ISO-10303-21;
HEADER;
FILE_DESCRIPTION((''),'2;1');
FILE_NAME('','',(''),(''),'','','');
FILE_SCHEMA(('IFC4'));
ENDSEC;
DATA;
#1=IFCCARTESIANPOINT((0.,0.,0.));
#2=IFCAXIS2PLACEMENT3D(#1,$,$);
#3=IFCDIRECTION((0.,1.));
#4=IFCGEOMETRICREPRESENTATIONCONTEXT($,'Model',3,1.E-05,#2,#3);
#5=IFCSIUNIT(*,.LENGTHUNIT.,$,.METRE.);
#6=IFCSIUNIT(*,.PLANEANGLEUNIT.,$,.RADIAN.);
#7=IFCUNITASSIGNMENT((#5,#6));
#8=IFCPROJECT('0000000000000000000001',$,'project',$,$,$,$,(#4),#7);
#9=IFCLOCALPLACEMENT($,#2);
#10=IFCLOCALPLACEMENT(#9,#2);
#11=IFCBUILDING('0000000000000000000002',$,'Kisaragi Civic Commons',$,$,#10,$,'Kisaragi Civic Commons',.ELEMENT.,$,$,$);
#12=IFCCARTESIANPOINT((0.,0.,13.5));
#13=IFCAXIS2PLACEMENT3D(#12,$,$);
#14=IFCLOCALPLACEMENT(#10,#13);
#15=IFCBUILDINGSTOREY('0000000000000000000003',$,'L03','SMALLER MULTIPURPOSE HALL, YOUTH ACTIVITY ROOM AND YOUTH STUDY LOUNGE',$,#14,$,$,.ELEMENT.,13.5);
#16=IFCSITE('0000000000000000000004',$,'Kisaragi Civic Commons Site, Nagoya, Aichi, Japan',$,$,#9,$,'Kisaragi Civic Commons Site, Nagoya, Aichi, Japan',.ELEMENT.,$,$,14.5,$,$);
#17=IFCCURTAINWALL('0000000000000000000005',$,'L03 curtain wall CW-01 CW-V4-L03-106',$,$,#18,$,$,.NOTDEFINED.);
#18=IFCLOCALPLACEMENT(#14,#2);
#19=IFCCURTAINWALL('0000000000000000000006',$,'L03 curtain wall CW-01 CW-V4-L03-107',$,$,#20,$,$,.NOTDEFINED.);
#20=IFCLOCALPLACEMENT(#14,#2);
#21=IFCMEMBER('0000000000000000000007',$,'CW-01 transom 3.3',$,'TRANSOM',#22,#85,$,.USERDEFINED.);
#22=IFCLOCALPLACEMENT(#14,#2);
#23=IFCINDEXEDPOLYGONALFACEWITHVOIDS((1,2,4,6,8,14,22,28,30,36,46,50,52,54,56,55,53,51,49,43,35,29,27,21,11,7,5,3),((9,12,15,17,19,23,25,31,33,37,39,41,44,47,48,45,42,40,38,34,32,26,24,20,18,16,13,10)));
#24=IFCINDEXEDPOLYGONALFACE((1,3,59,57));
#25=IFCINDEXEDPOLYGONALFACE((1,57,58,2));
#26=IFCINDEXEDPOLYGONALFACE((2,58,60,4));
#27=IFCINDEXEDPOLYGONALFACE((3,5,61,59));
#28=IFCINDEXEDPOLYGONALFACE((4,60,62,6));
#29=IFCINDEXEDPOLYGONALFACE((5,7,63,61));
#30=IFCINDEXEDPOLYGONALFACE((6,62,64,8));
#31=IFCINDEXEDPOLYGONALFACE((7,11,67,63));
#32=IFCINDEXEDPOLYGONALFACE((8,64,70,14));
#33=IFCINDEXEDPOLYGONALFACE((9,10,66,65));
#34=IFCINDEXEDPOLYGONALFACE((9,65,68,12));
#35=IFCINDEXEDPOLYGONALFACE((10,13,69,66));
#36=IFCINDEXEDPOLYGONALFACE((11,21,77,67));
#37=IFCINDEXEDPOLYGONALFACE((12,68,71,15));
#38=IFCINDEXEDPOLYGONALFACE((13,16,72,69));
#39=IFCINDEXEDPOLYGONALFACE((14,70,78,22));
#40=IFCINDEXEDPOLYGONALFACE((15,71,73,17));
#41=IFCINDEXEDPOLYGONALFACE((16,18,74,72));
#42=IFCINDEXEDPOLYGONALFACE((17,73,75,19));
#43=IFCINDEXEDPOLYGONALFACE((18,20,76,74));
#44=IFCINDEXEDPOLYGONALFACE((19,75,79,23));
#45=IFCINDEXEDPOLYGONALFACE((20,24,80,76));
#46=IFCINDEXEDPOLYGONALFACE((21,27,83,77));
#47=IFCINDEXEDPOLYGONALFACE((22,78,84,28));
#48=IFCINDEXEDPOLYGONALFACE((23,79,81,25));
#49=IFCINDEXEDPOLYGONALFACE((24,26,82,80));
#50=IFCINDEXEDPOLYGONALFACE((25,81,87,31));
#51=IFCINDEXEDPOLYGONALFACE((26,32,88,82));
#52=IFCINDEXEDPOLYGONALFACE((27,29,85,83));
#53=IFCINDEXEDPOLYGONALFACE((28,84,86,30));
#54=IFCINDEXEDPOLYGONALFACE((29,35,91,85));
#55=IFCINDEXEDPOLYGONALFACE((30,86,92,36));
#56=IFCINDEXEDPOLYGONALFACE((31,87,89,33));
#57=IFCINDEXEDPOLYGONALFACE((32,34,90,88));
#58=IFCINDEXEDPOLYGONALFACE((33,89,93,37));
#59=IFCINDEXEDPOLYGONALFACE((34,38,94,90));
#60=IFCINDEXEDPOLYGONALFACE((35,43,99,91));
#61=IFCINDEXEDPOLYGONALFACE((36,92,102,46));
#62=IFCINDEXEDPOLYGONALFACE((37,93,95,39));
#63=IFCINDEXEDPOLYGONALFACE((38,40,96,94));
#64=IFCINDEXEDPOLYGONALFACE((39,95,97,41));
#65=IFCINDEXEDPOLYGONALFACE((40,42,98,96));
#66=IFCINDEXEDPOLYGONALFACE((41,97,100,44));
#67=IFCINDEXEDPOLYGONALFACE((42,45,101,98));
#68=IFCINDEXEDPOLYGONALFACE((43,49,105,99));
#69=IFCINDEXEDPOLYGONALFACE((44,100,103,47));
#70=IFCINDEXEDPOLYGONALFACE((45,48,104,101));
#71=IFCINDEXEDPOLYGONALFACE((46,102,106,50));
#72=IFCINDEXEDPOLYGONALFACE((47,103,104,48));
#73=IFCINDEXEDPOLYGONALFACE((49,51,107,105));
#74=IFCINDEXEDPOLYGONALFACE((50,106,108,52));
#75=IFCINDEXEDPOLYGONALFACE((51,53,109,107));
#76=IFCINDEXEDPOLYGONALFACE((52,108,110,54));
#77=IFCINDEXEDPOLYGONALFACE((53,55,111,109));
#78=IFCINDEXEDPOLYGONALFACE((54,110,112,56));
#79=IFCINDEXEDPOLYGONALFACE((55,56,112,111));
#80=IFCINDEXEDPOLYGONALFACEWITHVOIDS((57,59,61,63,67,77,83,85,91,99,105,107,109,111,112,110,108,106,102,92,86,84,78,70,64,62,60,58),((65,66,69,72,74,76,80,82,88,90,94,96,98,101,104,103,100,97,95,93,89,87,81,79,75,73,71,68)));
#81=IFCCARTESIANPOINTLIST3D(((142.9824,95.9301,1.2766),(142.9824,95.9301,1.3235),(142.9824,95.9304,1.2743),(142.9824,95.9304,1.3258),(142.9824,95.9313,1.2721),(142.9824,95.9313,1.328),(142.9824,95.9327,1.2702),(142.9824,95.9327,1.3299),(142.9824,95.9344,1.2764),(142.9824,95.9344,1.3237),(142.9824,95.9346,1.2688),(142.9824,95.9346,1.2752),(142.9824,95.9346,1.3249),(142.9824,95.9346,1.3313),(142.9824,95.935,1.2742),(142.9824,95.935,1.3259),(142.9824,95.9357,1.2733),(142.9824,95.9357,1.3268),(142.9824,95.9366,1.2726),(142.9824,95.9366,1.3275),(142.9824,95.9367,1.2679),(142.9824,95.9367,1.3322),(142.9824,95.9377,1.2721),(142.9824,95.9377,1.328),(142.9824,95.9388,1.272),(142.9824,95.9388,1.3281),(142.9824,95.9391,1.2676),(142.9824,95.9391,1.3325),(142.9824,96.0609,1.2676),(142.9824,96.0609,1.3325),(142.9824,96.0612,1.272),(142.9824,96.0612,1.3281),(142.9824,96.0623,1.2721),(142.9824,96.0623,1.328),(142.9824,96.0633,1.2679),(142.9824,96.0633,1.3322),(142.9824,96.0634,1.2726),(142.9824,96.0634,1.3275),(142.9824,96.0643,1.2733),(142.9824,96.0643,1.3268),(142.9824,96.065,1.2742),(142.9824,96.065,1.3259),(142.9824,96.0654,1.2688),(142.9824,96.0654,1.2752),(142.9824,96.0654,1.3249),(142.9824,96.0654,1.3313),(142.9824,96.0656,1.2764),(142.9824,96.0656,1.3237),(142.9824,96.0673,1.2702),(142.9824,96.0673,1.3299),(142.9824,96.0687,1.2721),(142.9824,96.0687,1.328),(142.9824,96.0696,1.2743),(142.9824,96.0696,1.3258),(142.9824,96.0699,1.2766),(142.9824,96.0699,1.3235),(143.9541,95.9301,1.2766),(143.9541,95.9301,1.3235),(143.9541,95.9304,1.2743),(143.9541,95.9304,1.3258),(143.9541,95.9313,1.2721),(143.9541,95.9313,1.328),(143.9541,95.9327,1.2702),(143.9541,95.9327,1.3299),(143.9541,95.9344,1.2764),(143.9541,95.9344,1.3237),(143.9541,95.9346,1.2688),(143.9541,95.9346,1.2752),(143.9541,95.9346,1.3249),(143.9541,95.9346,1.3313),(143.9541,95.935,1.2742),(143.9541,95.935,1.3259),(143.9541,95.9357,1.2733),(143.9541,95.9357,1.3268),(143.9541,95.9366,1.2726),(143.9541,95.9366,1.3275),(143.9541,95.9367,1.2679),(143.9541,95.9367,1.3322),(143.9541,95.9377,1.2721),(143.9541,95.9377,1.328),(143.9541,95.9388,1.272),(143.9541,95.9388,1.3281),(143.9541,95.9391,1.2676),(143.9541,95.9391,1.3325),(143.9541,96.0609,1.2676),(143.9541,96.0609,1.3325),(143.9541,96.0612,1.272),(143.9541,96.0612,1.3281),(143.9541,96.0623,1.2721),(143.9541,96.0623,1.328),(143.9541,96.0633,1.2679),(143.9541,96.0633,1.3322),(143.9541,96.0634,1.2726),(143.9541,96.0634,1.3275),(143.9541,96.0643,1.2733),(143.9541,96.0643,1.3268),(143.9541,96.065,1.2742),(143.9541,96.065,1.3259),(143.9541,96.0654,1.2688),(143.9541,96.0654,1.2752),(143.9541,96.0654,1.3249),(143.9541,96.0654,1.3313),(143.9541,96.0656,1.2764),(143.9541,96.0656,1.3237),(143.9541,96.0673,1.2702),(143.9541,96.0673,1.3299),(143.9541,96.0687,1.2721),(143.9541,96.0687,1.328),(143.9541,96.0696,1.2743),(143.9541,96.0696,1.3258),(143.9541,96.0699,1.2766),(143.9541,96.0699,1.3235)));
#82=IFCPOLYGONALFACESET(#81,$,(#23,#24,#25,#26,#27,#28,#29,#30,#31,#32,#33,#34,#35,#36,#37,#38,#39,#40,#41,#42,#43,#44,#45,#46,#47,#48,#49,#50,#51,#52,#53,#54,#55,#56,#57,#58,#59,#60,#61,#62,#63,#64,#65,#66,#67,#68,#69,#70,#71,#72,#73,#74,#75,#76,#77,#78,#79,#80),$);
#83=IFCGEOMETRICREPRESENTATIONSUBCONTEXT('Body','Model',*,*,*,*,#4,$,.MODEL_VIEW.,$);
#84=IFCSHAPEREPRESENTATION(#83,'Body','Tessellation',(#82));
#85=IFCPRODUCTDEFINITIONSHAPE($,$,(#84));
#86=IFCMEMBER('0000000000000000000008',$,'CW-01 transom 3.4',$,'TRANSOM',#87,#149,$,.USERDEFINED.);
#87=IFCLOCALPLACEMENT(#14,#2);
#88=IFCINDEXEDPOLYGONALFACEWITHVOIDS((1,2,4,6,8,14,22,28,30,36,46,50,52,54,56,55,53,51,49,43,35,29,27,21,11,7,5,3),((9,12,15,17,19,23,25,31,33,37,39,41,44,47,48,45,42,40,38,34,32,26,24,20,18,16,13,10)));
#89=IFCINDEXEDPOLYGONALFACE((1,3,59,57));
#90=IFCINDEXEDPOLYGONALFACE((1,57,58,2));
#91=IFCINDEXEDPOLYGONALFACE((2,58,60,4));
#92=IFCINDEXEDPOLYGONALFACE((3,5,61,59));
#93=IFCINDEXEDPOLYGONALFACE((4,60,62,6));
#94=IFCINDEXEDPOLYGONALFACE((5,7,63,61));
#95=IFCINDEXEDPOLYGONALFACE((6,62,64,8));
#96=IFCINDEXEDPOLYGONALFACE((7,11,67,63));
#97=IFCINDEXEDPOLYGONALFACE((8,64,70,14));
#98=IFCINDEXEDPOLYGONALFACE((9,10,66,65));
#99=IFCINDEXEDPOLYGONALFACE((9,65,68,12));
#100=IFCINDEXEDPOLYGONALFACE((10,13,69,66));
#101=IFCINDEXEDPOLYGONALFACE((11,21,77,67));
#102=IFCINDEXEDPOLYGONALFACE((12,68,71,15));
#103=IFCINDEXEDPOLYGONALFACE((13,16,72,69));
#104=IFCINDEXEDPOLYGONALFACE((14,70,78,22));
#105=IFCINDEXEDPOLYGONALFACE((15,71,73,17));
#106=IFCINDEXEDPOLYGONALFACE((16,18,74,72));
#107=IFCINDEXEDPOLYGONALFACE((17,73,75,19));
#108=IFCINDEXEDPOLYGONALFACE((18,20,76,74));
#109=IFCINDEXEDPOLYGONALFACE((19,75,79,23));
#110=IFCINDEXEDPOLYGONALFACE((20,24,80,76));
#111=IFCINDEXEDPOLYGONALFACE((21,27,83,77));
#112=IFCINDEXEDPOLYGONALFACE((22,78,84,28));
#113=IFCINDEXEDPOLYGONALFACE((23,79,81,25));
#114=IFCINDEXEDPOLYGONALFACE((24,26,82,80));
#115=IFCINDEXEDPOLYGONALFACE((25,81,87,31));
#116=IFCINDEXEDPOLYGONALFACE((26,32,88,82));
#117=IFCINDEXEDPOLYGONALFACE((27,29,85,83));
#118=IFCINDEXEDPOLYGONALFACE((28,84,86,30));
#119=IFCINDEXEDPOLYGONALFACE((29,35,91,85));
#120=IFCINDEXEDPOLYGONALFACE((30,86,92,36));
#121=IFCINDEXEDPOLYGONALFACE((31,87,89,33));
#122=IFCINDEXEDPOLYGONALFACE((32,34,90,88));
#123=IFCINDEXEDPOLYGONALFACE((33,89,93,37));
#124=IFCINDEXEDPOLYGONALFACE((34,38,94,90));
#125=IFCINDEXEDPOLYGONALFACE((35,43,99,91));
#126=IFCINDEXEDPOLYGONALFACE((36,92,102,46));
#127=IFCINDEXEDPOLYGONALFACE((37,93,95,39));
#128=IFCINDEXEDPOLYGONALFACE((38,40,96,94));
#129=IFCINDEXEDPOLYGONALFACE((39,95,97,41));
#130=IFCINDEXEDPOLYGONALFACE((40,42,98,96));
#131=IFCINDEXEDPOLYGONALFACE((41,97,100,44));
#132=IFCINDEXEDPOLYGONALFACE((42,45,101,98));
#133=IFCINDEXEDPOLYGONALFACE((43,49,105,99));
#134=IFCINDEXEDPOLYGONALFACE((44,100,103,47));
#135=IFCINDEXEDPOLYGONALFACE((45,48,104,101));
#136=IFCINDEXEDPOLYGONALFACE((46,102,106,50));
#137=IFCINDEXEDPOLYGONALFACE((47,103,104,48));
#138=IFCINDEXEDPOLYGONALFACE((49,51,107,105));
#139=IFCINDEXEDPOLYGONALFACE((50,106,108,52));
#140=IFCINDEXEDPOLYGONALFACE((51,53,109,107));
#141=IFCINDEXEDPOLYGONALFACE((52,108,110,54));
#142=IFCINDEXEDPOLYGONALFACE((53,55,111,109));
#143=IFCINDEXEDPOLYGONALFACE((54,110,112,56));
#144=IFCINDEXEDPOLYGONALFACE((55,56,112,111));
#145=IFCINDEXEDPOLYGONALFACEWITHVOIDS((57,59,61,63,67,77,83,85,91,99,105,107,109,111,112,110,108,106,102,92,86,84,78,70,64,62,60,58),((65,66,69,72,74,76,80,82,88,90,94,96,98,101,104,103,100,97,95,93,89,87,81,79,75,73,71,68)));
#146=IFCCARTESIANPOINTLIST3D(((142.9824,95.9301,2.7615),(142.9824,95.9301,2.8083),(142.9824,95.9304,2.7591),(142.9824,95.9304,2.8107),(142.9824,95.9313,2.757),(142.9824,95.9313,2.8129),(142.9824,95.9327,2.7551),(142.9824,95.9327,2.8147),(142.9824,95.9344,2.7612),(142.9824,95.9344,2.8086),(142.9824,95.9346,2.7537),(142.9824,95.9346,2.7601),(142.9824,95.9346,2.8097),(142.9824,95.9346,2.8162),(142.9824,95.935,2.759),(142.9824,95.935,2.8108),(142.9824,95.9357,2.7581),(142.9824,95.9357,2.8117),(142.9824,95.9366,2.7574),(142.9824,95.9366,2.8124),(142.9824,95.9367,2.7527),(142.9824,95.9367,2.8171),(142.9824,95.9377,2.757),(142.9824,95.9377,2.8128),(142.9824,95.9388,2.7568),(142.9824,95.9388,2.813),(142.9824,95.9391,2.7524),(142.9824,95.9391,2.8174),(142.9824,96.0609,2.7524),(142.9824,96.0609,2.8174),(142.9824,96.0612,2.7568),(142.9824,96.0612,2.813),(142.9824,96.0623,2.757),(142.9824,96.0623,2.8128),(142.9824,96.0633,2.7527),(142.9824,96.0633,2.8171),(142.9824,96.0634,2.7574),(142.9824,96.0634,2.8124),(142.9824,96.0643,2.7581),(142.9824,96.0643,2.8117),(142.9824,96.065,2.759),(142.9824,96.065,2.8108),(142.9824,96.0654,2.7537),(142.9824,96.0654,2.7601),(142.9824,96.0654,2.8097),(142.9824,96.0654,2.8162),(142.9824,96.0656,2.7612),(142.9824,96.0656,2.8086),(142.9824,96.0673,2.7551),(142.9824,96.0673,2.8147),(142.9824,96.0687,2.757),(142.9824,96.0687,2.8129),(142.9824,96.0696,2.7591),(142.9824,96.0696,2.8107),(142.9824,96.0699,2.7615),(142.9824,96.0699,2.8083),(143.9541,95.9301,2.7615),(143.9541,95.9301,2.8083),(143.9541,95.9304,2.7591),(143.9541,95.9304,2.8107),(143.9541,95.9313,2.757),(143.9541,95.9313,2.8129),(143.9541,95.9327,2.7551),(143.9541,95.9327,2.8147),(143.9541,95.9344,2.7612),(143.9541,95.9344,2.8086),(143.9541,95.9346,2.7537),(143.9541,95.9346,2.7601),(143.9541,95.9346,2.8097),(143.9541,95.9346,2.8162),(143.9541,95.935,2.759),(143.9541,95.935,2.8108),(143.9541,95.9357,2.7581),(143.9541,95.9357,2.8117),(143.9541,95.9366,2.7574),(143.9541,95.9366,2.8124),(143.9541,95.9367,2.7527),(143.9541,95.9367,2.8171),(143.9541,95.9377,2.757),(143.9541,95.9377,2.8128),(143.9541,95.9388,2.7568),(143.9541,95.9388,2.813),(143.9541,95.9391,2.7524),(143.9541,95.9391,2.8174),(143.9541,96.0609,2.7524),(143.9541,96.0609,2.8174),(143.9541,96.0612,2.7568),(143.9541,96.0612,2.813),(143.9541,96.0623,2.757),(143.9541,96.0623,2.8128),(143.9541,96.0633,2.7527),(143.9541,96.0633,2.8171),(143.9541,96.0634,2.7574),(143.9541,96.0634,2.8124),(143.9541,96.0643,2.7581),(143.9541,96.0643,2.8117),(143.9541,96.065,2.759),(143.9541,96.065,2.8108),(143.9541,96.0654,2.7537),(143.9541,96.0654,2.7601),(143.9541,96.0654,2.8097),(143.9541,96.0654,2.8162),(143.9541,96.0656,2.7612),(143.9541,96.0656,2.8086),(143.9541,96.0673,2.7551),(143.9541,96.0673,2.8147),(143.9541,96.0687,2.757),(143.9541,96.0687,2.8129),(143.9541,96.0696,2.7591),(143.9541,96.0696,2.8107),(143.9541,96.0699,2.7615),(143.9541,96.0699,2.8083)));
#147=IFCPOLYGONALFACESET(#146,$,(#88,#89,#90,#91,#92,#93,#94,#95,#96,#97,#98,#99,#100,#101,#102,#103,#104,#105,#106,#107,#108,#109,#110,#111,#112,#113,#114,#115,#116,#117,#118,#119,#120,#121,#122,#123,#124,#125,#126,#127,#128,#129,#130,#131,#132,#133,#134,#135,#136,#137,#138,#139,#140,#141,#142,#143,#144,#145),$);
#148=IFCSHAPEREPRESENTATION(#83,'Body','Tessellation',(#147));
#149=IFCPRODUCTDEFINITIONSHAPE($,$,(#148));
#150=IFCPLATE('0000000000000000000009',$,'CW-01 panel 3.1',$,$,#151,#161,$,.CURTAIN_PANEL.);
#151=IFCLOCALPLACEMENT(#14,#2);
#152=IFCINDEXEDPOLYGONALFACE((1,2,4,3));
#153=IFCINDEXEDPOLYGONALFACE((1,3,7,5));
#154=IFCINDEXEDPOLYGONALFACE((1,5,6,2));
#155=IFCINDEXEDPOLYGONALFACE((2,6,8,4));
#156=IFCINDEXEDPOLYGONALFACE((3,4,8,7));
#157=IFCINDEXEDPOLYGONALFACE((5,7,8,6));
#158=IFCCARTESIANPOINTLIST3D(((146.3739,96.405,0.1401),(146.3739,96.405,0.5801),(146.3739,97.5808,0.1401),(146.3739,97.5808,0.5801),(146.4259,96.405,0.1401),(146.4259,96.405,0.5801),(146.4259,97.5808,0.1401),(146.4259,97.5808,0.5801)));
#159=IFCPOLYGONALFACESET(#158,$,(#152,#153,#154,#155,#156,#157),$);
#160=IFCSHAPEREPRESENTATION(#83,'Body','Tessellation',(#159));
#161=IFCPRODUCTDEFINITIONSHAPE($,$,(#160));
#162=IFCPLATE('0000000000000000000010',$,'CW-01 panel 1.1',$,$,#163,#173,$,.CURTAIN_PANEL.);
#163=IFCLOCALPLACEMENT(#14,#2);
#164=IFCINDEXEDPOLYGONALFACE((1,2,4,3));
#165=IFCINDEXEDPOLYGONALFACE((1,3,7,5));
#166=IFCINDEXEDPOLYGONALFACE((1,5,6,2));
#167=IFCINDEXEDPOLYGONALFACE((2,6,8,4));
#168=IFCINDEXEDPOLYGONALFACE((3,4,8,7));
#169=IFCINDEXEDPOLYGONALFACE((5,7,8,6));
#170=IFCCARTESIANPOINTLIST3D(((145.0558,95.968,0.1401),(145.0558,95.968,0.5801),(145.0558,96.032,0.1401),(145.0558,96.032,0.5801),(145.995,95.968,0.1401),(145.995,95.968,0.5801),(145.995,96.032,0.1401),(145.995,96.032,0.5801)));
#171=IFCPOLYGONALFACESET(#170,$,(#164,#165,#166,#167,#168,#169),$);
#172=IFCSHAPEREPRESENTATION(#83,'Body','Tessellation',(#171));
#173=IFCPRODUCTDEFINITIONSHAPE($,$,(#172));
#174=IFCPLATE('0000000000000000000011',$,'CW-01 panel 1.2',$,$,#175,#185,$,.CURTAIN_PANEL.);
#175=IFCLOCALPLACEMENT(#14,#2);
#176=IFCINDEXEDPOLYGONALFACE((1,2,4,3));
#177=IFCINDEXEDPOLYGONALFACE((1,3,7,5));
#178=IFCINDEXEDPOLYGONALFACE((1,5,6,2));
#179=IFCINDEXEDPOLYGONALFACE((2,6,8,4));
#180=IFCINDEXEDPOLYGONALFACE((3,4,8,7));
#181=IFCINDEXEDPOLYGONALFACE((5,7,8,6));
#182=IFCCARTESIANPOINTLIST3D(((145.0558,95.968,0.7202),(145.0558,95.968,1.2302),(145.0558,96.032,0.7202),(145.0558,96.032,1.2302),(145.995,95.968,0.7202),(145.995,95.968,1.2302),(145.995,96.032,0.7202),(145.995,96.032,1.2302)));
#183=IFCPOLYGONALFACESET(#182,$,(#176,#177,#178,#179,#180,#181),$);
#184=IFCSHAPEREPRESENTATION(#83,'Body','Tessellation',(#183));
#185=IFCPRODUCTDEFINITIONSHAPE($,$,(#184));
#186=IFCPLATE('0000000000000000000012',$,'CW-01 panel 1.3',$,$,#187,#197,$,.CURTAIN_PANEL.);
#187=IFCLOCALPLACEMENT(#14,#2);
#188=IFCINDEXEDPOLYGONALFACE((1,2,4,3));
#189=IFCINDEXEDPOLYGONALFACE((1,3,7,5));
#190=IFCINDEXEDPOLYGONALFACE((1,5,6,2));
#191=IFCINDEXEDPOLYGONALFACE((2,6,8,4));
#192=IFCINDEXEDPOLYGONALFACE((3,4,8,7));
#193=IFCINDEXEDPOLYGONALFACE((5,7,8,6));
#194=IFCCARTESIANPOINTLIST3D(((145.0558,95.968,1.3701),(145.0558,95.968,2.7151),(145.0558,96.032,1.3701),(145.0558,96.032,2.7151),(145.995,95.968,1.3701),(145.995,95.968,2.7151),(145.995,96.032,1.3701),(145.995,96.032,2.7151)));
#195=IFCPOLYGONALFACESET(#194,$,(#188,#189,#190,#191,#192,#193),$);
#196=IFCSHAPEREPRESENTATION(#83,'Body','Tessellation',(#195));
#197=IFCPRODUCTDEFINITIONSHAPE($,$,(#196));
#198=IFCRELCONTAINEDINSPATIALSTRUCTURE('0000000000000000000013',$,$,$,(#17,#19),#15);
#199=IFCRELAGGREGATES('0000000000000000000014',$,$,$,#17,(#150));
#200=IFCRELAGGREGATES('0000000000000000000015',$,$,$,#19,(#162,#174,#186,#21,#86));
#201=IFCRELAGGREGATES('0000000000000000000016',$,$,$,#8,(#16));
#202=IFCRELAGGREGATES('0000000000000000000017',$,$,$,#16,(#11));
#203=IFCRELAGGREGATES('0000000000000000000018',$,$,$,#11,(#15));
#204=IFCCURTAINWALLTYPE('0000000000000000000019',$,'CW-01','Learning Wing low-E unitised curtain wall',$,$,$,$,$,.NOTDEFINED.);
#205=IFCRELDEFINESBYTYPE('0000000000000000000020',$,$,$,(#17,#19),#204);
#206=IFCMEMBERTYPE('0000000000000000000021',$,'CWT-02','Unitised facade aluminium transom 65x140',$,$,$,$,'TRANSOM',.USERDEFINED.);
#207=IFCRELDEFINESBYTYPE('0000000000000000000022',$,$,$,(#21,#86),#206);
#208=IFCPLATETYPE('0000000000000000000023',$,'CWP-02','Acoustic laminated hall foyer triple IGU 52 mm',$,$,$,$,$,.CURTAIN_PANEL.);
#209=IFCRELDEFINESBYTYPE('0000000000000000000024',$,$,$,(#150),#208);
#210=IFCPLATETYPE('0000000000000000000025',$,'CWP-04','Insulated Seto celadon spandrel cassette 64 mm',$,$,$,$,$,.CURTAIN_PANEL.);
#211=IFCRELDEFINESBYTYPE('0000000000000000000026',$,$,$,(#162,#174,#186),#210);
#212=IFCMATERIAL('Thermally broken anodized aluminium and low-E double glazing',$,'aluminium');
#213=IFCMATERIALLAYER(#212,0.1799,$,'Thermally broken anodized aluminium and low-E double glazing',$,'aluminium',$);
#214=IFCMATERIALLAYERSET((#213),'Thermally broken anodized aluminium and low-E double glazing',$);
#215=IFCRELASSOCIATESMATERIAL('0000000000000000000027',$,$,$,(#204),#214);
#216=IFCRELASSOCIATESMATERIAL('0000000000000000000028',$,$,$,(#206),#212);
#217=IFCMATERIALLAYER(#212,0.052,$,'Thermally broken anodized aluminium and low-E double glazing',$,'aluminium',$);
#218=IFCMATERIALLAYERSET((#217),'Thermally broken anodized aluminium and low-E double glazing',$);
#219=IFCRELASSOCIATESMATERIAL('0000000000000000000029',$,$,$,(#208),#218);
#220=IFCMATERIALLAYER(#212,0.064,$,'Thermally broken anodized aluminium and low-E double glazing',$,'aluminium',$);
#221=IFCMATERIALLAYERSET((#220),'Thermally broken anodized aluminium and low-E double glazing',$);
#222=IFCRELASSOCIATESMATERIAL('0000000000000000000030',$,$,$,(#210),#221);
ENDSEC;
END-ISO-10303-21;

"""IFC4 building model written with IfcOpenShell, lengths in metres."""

from ifc_helpers import new_model, si_unit, direction, frame, origin, origin_2d, place, context, subcontext, project, spatial, rectangle, hollow_rectangle, extrude, material, layer, layer_set, material_profile, profile_set, type_object, element, aggregate, save


model = new_model("IFC4")

# Units and contexts
model_context = context("Model", 3, precision=1e-05, world=origin(), true_north=direction((0.0, 1.0)))
body_context = subcontext(model_context, "Body", "Model", "MODEL_VIEW")
ifc_project = project(units=[si_unit("LENGTHUNIT", "METRE"), si_unit("PLANEANGLEUNIT", "RADIAN")], contexts=[model_context])

# Site, building, storey
site_placement = place(None, origin())
site = spatial("IfcSite", under=ifc_project, at=site_placement, Name="Kisaragi Civic Commons Site, Nagoya, Aichi, Japan", LongName="Kisaragi Civic Commons Site, Nagoya, Aichi, Japan", CompositionType="ELEMENT", RefElevation=14.5)
building_placement = place(site_placement, origin())
building = spatial("IfcBuilding", under=site, at=building_placement, Name="Kisaragi Civic Commons", LongName="Kisaragi Civic Commons", CompositionType="ELEMENT")
storey_placement = place(building_placement, frame((0.0, 0.0, 13.5)))
storey = spatial("IfcBuildingStorey", under=building, at=storey_placement, Name="L03", Description="SMALLER MULTIPURPOSE HALL, YOUTH ACTIVITY ROOM AND YOUTH STUDY LOUNGE", CompositionType="ELEMENT", Elevation=13.5)

# Curtain wall
ifc_material_1 = material(Name="Thermally broken anodized aluminium and low-E double glazing", Category="aluminium")
ifc_layer_1 = layer(ifc_material_1, 0.1799, Name="Thermally broken anodized aluminium and low-E double glazing", Category="aluminium")
ifc_layer_set_1 = layer_set([ifc_layer_1], Name="Thermally broken anodized aluminium and low-E double glazing")
curtain_wall_type = type_object("IfcCurtainWallType", Name="CW-01", Description="Learning Wing low-E unitised curtain wall", PredefinedType="NOTDEFINED", material=ifc_layer_set_1)
curtain_wall_1_placement = place(storey_placement, origin())
curtain_wall_1 = element("IfcCurtainWall", 1, at=curtain_wall_1_placement, inside=storey, type_object=curtain_wall_type, Name="L03 curtain wall CW-01 CW-V4-L03-106", PredefinedType="NOTDEFINED")

# Curtain wall, members
curtain_wall_2_placement = place(storey_placement, origin())
curtain_wall_2 = element("IfcCurtainWall", 2, at=curtain_wall_2_placement, inside=storey, type_object=curtain_wall_type, Name="L03 curtain wall CW-01 CW-V4-L03-107", PredefinedType="NOTDEFINED")
ifc_material_profile_1 = material_profile(ifc_material_1, hollow_rectangle(XDim=0.1399, YDim=0.0649, WallThickness=0.0044, InnerFilletRadius=0.0044, OuterFilletRadius=0.009, at=origin_2d()), Name="CWT-65x140x4.5", Category="aluminium")
ifc_profile_set_1 = profile_set([ifc_material_profile_1], Name="Thermally broken anodized aluminium and low-E double glazing")
member_type_1 = type_object("IfcMemberType", Name="CWT-02", Description="Unitised facade aluminium transom 65x140", ElementType="TRANSOM", PredefinedType="USERDEFINED", material=ifc_profile_set_1)
member_1_placement = place(storey_placement, frame((143.9541, 96.0, 1.3), z_axis=(-1.0, 0.0, 0.0), x_axis=(0.0, -1.0, 0.0)))
member_1 = element("IfcMember", 3, at=member_1_placement, type_object=member_type_1, Name="CW-01 transom 3.3", ObjectType="TRANSOM", PredefinedType="USERDEFINED", context=body_context, shape_type="SweptSolid", body=[
    extrude(hollow_rectangle(XDim=0.1399, YDim=0.0649, WallThickness=0.0044, InnerFilletRadius=0.0044, OuterFilletRadius=0.009, at=origin_2d()), origin(), (0.0, 0.0, 1.0), 0.9717),
])
member_2_placement = place(storey_placement, frame((143.9541, 96.0, 2.7849), z_axis=(-1.0, 0.0, 0.0), x_axis=(0.0, -1.0, 0.0)))
member_2 = element("IfcMember", 4, at=member_2_placement, type_object=member_type_1, Name="CW-01 transom 3.4", ObjectType="TRANSOM", PredefinedType="USERDEFINED", context=body_context, shape_type="SweptSolid", body=[
    extrude(hollow_rectangle(XDim=0.1399, YDim=0.0649, WallThickness=0.0044, InnerFilletRadius=0.0044, OuterFilletRadius=0.009, at=origin_2d()), origin(), (0.0, 0.0, 1.0), 0.9717),
])

# Plates
ifc_layer_2 = layer(ifc_material_1, 0.052, Name="Thermally broken anodized aluminium and low-E double glazing", Category="aluminium")
ifc_layer_set_2 = layer_set([ifc_layer_2], Name="Thermally broken anodized aluminium and low-E double glazing")
plate_type_1 = type_object("IfcPlateType", Name="CWP-02", Description="Acoustic laminated hall foyer triple IGU 52 mm", PredefinedType="CURTAIN_PANEL", material=ifc_layer_set_2)
plate_1_placement = place(storey_placement, frame((146.3999, 96.9929, 0.1401), z_axis=(0.0, 0.0, 1.0), x_axis=(0.0, -1.0, 0.0)))
plate_1 = element("IfcPlate", 5, at=plate_1_placement, type_object=plate_type_1, Name="CW-01 panel 3.1", PredefinedType="CURTAIN_PANEL", context=body_context, shape_type="SweptSolid", body=[
    extrude(rectangle(XDim=1.1758, YDim=0.052, at=origin_2d()), origin(), (0.0, 0.0, 1.0), 0.4399),
])
aggregate(curtain_wall_1, [plate_1])
ifc_layer_3 = layer(ifc_material_1, 0.064, Name="Thermally broken anodized aluminium and low-E double glazing", Category="aluminium")
ifc_layer_set_3 = layer_set([ifc_layer_3], Name="Thermally broken anodized aluminium and low-E double glazing")
plate_type_2 = type_object("IfcPlateType", Name="CWP-04", Description="Insulated Seto celadon spandrel cassette 64 mm", PredefinedType="CURTAIN_PANEL", material=ifc_layer_set_3)
plate_2_placement = place(storey_placement, frame((145.5254, 96.0, 0.1401), z_axis=(0.0, 0.0, 1.0), x_axis=(-1.0, 0.0, 0.0)))
plate_2 = element("IfcPlate", 6, at=plate_2_placement, type_object=plate_type_2, Name="CW-01 panel 1.1", PredefinedType="CURTAIN_PANEL", context=body_context, shape_type="SweptSolid", body=[
    extrude(rectangle(XDim=0.9392, YDim=0.064, at=origin_2d()), origin(), (0.0, 0.0, 1.0), 0.4399),
])
plate_3_placement = place(storey_placement, frame((145.5254, 96.0, 0.7202), z_axis=(0.0, 0.0, 1.0), x_axis=(-1.0, 0.0, 0.0)))
plate_3 = element("IfcPlate", 7, at=plate_3_placement, type_object=plate_type_2, Name="CW-01 panel 1.2", PredefinedType="CURTAIN_PANEL", context=body_context, shape_type="SweptSolid", body=[
    extrude(rectangle(XDim=0.9392, YDim=0.064, at=origin_2d()), origin(), (0.0, 0.0, 1.0), 0.51),
])
plate_4_placement = place(storey_placement, frame((145.5254, 96.0, 1.3701), z_axis=(0.0, 0.0, 1.0), x_axis=(-1.0, 0.0, 0.0)))
plate_4 = element("IfcPlate", 8, at=plate_4_placement, type_object=plate_type_2, Name="CW-01 panel 1.3", PredefinedType="CURTAIN_PANEL", context=body_context, shape_type="SweptSolid", body=[
    extrude(rectangle(XDim=0.9392, YDim=0.064, at=origin_2d()), origin(), (0.0, 0.0, 1.0), 1.345),
])
aggregate(curtain_wall_2, [plate_2, plate_3, plate_4, member_1, member_2])

save(model, "model.ifc")
